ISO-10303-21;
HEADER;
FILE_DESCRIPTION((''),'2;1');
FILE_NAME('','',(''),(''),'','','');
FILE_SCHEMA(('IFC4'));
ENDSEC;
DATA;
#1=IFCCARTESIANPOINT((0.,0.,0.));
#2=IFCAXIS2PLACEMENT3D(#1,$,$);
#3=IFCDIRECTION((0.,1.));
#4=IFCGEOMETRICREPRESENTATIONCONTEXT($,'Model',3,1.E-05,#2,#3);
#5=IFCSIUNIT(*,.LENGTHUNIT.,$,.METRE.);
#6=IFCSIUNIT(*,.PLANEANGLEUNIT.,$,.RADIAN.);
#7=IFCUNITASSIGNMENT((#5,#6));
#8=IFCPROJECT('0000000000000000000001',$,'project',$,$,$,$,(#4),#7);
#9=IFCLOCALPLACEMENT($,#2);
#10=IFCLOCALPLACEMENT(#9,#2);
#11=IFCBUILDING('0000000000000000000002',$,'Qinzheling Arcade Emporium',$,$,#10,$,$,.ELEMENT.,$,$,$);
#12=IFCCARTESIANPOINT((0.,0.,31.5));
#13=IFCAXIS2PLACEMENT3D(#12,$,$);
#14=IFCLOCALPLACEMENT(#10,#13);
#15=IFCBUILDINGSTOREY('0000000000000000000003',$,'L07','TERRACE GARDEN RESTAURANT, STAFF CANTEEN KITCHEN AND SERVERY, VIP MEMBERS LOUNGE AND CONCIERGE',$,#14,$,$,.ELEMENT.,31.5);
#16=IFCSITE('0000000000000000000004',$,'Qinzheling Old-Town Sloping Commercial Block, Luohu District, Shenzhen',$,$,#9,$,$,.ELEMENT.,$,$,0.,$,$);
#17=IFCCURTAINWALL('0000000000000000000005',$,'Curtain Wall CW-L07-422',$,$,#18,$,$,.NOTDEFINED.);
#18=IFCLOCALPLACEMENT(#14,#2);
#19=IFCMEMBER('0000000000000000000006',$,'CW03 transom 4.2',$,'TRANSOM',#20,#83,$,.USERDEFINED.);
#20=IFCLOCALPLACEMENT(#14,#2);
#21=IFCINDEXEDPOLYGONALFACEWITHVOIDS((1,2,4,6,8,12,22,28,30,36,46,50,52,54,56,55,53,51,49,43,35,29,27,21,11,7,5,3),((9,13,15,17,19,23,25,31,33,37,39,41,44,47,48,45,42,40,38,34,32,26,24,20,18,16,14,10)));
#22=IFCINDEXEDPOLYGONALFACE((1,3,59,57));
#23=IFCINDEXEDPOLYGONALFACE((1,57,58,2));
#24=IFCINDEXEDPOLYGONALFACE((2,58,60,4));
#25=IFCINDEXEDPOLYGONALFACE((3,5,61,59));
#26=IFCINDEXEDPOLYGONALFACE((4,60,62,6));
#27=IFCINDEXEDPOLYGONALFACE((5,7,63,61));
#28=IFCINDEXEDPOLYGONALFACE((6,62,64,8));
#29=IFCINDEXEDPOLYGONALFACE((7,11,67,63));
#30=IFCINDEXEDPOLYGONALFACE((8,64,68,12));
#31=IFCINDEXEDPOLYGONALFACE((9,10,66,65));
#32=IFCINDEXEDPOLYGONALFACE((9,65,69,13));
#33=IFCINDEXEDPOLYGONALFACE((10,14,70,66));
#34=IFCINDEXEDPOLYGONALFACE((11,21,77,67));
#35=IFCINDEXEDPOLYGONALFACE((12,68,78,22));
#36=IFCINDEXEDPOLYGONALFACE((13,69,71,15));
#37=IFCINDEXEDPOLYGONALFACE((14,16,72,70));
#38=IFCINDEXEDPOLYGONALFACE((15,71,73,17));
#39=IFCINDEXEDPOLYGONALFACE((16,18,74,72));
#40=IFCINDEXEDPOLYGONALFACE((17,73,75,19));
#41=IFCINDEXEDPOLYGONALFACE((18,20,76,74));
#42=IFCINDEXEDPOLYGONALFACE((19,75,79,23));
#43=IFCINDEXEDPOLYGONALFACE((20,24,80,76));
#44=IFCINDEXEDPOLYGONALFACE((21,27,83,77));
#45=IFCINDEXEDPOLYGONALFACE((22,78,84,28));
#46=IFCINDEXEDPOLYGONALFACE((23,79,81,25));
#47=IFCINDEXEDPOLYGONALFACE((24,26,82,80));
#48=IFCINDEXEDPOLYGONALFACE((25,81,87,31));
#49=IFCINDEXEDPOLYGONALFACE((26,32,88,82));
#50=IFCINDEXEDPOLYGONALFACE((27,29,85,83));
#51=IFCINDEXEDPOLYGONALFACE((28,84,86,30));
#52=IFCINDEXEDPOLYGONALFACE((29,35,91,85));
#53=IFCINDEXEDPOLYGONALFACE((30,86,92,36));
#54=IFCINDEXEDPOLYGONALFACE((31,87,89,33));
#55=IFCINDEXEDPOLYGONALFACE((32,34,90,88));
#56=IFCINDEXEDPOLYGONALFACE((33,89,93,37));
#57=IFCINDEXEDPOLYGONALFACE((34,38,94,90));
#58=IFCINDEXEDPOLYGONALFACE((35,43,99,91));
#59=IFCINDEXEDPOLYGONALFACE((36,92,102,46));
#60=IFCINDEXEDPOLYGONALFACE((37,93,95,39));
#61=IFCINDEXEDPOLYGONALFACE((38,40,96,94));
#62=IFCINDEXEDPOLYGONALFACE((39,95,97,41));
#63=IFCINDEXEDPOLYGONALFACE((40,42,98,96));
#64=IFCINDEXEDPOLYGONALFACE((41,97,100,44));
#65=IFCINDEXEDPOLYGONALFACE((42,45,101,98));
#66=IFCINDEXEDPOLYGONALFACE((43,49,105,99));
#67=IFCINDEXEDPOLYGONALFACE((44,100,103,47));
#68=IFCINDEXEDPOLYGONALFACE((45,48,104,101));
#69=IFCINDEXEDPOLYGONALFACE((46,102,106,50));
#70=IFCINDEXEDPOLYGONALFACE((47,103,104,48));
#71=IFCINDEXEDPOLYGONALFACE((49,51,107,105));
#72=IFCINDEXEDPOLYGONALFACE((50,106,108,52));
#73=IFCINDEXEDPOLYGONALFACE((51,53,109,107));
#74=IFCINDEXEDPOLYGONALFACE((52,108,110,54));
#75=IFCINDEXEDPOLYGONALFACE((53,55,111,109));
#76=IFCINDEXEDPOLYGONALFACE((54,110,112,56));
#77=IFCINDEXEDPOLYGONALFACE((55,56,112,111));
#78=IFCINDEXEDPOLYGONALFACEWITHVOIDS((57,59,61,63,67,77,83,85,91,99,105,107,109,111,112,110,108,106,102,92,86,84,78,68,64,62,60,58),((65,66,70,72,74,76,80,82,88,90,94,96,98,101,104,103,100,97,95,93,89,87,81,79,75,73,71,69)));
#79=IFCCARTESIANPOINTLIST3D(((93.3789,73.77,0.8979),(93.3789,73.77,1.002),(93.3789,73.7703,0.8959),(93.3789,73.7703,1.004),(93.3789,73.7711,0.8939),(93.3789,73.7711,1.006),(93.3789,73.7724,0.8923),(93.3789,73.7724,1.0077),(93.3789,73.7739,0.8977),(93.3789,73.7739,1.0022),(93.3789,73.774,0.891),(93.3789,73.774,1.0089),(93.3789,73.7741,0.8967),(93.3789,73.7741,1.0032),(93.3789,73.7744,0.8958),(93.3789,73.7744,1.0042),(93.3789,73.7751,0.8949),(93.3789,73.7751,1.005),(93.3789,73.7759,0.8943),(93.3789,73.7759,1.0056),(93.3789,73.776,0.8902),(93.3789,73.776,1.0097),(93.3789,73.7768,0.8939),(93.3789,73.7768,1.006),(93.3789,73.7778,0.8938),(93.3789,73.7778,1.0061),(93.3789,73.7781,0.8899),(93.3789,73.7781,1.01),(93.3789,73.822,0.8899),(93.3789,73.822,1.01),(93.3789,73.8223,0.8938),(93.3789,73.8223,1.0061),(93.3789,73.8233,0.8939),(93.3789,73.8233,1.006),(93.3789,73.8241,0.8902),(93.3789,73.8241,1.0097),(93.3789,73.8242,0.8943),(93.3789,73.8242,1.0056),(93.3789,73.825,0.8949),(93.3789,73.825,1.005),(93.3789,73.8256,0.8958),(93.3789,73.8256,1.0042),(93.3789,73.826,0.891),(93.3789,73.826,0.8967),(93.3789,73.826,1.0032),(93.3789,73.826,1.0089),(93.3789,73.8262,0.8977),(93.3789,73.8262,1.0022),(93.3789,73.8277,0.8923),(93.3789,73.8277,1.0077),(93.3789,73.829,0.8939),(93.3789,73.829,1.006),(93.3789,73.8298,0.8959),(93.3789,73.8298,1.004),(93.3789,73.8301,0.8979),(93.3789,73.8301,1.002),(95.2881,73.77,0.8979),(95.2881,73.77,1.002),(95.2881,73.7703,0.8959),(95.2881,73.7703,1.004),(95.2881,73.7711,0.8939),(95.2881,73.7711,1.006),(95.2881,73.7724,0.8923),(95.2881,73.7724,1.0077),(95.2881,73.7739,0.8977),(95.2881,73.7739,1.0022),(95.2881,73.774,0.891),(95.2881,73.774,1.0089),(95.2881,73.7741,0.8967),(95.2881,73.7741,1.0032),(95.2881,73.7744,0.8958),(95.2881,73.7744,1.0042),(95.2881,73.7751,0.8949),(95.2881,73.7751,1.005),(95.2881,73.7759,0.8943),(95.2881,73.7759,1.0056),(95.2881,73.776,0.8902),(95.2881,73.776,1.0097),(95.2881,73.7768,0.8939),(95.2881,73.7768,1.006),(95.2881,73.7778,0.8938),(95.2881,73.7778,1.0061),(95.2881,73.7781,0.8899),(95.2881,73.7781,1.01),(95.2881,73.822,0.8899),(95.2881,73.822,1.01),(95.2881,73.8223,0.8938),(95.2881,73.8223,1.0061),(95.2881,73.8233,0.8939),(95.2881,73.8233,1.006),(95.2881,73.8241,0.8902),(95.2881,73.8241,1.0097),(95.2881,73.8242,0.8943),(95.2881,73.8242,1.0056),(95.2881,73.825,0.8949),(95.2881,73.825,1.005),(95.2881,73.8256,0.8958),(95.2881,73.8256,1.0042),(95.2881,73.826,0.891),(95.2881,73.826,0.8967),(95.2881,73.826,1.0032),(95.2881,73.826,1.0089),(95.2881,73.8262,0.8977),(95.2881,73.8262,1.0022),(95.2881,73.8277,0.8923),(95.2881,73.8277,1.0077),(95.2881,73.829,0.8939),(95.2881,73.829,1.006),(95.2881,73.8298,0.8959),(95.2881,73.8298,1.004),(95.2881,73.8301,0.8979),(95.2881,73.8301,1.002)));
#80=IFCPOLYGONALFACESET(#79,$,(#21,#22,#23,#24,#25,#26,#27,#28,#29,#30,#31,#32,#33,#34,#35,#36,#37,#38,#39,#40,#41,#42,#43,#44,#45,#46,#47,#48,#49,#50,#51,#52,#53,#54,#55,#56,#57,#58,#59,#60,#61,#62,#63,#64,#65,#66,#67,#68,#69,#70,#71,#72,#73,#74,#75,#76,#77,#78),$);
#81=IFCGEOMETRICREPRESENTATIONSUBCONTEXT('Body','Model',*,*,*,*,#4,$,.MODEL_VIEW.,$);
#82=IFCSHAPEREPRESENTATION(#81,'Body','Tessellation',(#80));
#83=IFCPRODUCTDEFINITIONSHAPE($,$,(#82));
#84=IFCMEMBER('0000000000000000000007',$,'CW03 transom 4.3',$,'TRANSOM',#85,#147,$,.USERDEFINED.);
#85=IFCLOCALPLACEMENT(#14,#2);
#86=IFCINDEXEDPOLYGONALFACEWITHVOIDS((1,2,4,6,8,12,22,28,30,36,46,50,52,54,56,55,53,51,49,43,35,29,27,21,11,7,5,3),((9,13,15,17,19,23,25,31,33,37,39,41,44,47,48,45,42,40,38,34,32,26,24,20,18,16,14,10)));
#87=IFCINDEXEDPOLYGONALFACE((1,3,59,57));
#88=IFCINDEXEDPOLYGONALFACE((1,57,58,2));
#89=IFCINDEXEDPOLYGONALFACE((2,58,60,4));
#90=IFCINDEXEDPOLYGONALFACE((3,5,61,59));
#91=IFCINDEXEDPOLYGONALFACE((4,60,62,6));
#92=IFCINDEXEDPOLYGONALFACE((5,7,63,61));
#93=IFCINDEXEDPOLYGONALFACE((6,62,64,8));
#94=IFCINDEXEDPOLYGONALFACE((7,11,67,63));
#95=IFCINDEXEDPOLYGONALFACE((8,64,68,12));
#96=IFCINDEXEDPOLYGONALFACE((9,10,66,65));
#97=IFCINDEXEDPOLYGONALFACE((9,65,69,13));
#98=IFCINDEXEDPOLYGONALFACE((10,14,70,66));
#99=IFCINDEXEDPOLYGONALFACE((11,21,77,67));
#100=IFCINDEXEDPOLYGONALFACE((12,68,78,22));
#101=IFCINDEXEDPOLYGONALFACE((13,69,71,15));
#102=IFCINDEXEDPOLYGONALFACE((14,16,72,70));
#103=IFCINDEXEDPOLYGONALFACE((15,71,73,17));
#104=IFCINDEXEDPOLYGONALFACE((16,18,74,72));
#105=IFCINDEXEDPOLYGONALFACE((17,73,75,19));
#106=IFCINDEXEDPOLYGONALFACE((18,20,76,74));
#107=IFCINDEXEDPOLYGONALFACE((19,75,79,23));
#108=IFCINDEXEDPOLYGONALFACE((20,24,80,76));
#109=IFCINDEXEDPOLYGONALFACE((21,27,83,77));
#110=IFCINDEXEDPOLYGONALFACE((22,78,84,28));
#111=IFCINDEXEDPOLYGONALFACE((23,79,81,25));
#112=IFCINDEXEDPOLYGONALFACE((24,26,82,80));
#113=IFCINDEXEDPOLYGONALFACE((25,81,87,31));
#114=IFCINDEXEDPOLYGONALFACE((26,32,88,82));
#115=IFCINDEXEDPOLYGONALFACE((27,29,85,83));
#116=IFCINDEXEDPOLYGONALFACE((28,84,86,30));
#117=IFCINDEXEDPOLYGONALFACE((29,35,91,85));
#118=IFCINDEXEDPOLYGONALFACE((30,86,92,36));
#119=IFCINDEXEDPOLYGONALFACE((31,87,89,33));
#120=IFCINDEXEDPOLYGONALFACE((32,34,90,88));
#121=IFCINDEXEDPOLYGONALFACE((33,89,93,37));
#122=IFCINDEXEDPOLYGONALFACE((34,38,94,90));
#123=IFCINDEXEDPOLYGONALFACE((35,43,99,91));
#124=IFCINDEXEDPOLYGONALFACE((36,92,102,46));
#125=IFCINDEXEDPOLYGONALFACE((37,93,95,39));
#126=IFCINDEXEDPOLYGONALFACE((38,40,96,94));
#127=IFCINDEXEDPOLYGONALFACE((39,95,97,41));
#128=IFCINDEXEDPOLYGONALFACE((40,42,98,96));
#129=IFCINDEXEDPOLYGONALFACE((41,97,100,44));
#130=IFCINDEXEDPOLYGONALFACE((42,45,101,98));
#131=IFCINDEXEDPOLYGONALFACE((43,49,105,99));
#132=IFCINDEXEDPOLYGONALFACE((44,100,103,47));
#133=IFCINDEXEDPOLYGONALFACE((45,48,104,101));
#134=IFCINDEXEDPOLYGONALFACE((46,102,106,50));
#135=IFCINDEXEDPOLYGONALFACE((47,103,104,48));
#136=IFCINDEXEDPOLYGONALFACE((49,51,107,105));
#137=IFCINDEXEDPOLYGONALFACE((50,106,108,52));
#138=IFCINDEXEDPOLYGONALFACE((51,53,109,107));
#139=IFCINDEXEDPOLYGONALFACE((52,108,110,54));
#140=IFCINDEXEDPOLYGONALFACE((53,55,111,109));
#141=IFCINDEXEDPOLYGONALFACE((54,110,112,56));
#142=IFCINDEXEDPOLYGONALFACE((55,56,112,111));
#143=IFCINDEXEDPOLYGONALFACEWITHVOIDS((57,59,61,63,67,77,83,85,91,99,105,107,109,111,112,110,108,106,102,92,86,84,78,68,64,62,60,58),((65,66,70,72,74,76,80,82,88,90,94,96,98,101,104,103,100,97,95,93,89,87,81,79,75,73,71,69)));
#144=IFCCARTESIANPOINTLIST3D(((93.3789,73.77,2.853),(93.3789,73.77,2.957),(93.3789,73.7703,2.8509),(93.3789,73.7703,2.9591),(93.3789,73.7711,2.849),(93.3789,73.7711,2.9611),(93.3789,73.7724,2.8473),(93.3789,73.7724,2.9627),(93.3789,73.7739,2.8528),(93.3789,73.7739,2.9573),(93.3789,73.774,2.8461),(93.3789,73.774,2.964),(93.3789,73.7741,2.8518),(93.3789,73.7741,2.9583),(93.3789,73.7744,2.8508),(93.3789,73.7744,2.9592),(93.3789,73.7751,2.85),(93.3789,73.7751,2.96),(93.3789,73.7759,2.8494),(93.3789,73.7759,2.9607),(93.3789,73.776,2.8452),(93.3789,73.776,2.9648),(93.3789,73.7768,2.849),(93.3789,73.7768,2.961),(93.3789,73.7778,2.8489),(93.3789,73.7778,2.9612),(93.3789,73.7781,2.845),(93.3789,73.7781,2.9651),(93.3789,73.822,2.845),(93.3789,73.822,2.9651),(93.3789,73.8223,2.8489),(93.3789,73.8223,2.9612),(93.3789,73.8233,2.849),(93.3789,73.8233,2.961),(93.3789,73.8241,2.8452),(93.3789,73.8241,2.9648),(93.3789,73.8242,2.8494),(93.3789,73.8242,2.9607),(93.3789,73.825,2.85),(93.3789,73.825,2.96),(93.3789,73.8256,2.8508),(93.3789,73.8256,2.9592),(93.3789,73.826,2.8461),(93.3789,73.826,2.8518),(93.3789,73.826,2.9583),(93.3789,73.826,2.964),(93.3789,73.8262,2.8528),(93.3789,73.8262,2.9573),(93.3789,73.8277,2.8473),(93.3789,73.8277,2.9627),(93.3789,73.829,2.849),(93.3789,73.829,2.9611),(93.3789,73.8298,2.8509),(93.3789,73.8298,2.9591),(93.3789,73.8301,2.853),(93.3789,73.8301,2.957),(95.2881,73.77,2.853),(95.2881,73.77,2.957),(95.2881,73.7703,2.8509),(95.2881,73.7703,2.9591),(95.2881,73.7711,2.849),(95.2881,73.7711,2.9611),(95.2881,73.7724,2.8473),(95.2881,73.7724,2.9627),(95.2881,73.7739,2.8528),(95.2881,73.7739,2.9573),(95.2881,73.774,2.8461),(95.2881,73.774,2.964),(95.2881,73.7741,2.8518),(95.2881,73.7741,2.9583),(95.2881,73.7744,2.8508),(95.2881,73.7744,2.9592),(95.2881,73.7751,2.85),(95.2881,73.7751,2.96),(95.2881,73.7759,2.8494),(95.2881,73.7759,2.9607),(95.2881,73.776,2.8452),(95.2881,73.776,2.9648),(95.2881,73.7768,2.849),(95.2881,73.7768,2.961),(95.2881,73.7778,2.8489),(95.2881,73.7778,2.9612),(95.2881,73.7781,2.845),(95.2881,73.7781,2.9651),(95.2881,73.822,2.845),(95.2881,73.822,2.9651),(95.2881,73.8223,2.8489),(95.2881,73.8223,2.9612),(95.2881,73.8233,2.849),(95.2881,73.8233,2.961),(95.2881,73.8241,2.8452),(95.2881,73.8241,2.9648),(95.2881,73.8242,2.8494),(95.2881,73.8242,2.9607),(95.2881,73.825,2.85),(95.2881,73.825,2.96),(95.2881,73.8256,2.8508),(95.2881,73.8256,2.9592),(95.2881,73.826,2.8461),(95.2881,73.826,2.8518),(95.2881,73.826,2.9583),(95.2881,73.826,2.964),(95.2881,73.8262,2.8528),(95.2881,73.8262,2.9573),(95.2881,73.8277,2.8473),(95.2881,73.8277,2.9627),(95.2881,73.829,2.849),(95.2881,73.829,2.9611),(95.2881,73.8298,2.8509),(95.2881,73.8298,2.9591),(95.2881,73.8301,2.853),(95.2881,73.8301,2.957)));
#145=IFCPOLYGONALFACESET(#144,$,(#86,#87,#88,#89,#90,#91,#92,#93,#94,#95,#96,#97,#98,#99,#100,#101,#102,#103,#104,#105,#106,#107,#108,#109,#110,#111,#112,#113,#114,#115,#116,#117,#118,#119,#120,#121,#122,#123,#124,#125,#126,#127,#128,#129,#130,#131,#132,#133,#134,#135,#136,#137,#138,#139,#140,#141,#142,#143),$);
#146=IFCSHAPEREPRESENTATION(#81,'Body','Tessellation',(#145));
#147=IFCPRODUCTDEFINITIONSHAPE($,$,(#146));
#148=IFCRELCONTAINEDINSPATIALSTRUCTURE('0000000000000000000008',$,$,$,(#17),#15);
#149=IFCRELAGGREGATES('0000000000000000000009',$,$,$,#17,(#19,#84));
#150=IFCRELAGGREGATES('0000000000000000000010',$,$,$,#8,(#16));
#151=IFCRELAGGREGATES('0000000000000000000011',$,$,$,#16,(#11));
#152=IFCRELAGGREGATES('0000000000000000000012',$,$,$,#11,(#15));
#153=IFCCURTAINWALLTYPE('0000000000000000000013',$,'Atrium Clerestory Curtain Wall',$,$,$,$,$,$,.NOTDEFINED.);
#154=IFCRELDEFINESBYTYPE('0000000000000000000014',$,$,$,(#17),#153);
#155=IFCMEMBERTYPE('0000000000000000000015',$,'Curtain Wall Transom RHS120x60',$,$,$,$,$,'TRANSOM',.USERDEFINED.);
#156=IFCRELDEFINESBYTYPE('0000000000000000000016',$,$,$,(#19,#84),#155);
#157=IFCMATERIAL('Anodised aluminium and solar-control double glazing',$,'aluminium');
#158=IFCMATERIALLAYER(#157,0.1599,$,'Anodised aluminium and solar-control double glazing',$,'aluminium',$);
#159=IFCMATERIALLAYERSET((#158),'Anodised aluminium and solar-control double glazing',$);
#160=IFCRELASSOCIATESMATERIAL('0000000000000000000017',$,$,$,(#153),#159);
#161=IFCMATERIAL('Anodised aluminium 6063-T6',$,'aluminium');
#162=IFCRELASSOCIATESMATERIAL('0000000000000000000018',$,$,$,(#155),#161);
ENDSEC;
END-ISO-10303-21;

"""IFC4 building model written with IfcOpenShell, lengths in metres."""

from ifc_helpers import new_model, si_unit, direction, frame, origin, origin_2d, place, context, subcontext, project, spatial, hollow_rectangle, extrude, material, layer, layer_set, material_profile, profile_set, type_object, element, aggregate, save


model = new_model("IFC4")

# Units and contexts
model_context = context("Model", 3, precision=1e-05, world=origin(), true_north=direction((0.0, 1.0)))
body_context = subcontext(model_context, "Body", "Model", "MODEL_VIEW")
ifc_project = project(units=[si_unit("LENGTHUNIT", "METRE"), si_unit("PLANEANGLEUNIT", "RADIAN")], contexts=[model_context])

# Site, building, storey
site_placement = place(None, origin())
site = spatial("IfcSite", under=ifc_project, at=site_placement, Name="Qinzheling Old-Town Sloping Commercial Block, Luohu District, Shenzhen", CompositionType="ELEMENT", RefElevation=0.0)
building_placement = place(site_placement, origin())
building = spatial("IfcBuilding", under=site, at=building_placement, Name="Qinzheling Arcade Emporium", CompositionType="ELEMENT")
storey_placement = place(building_placement, frame((0.0, 0.0, 31.5)))
storey = spatial("IfcBuildingStorey", under=building, at=storey_placement, Name="L07", Description="TERRACE GARDEN RESTAURANT, STAFF CANTEEN KITCHEN AND SERVERY, VIP MEMBERS LOUNGE AND CONCIERGE", CompositionType="ELEMENT", Elevation=31.5)

# Curtain wall
ifc_material_1 = material(Name="Anodised aluminium and solar-control double glazing", Category="aluminium")
ifc_layer_1 = layer(ifc_material_1, 0.1599, Name="Anodised aluminium and solar-control double glazing", Category="aluminium")
ifc_layer_set_1 = layer_set([ifc_layer_1], Name="Anodised aluminium and solar-control double glazing")
curtain_wall_type = type_object("IfcCurtainWallType", Name="Atrium Clerestory Curtain Wall", PredefinedType="NOTDEFINED", material=ifc_layer_set_1)
curtain_wall_1_placement = place(storey_placement, origin())
curtain_wall_1 = element("IfcCurtainWall", 1, at=curtain_wall_1_placement, inside=storey, type_object=curtain_wall_type, Name="Curtain Wall CW-L07-422", PredefinedType="NOTDEFINED")
ifc_material_2 = material(Name="Anodised aluminium 6063-T6", Category="aluminium")

# Members
ifc_material_profile_1 = material_profile(ifc_material_2, hollow_rectangle(XDim=0.0601, YDim=0.1201, WallThickness=0.0039, InnerFilletRadius=0.0039, OuterFilletRadius=0.0081, at=origin_2d()), Name="RHS 120x60x4", Category="aluminium")
ifc_profile_set_1 = profile_set([ifc_material_profile_1], Name="Anodised aluminium 6063-T6")
member_type_1 = type_object("IfcMemberType", Name="Curtain Wall Transom RHS120x60", ElementType="TRANSOM", PredefinedType="USERDEFINED", material=ifc_profile_set_1)
member_1_placement = place(storey_placement, frame((93.3789, 73.8, 0.95), z_axis=(1.0, 0.0, 0.0), x_axis=(0.0, 1.0, 0.0)))
member_1 = element("IfcMember", 2, at=member_1_placement, type_object=member_type_1, Name="CW03 transom 4.2", ObjectType="TRANSOM", PredefinedType="USERDEFINED", context=body_context, shape_type="SweptSolid", body=[
    extrude(hollow_rectangle(XDim=0.0601, YDim=0.1201, WallThickness=0.0039, InnerFilletRadius=0.0039, OuterFilletRadius=0.0081, at=origin_2d()), origin(), (0.0, 0.0, 1.0), 1.9092),
])
member_2_placement = place(storey_placement, frame((93.3789, 73.8, 2.905), z_axis=(1.0, 0.0, 0.0), x_axis=(0.0, 1.0, 0.0)))
member_2 = element("IfcMember", 3, at=member_2_placement, type_object=member_type_1, Name="CW03 transom 4.3", ObjectType="TRANSOM", PredefinedType="USERDEFINED", context=body_context, shape_type="SweptSolid", body=[
    extrude(hollow_rectangle(XDim=0.0601, YDim=0.1201, WallThickness=0.0039, InnerFilletRadius=0.0039, OuterFilletRadius=0.0081, at=origin_2d()), origin(), (0.0, 0.0, 1.0), 1.9092),
])

aggregate(curtain_wall_1, [member_1, member_2])

save(model, "model.ifc")
